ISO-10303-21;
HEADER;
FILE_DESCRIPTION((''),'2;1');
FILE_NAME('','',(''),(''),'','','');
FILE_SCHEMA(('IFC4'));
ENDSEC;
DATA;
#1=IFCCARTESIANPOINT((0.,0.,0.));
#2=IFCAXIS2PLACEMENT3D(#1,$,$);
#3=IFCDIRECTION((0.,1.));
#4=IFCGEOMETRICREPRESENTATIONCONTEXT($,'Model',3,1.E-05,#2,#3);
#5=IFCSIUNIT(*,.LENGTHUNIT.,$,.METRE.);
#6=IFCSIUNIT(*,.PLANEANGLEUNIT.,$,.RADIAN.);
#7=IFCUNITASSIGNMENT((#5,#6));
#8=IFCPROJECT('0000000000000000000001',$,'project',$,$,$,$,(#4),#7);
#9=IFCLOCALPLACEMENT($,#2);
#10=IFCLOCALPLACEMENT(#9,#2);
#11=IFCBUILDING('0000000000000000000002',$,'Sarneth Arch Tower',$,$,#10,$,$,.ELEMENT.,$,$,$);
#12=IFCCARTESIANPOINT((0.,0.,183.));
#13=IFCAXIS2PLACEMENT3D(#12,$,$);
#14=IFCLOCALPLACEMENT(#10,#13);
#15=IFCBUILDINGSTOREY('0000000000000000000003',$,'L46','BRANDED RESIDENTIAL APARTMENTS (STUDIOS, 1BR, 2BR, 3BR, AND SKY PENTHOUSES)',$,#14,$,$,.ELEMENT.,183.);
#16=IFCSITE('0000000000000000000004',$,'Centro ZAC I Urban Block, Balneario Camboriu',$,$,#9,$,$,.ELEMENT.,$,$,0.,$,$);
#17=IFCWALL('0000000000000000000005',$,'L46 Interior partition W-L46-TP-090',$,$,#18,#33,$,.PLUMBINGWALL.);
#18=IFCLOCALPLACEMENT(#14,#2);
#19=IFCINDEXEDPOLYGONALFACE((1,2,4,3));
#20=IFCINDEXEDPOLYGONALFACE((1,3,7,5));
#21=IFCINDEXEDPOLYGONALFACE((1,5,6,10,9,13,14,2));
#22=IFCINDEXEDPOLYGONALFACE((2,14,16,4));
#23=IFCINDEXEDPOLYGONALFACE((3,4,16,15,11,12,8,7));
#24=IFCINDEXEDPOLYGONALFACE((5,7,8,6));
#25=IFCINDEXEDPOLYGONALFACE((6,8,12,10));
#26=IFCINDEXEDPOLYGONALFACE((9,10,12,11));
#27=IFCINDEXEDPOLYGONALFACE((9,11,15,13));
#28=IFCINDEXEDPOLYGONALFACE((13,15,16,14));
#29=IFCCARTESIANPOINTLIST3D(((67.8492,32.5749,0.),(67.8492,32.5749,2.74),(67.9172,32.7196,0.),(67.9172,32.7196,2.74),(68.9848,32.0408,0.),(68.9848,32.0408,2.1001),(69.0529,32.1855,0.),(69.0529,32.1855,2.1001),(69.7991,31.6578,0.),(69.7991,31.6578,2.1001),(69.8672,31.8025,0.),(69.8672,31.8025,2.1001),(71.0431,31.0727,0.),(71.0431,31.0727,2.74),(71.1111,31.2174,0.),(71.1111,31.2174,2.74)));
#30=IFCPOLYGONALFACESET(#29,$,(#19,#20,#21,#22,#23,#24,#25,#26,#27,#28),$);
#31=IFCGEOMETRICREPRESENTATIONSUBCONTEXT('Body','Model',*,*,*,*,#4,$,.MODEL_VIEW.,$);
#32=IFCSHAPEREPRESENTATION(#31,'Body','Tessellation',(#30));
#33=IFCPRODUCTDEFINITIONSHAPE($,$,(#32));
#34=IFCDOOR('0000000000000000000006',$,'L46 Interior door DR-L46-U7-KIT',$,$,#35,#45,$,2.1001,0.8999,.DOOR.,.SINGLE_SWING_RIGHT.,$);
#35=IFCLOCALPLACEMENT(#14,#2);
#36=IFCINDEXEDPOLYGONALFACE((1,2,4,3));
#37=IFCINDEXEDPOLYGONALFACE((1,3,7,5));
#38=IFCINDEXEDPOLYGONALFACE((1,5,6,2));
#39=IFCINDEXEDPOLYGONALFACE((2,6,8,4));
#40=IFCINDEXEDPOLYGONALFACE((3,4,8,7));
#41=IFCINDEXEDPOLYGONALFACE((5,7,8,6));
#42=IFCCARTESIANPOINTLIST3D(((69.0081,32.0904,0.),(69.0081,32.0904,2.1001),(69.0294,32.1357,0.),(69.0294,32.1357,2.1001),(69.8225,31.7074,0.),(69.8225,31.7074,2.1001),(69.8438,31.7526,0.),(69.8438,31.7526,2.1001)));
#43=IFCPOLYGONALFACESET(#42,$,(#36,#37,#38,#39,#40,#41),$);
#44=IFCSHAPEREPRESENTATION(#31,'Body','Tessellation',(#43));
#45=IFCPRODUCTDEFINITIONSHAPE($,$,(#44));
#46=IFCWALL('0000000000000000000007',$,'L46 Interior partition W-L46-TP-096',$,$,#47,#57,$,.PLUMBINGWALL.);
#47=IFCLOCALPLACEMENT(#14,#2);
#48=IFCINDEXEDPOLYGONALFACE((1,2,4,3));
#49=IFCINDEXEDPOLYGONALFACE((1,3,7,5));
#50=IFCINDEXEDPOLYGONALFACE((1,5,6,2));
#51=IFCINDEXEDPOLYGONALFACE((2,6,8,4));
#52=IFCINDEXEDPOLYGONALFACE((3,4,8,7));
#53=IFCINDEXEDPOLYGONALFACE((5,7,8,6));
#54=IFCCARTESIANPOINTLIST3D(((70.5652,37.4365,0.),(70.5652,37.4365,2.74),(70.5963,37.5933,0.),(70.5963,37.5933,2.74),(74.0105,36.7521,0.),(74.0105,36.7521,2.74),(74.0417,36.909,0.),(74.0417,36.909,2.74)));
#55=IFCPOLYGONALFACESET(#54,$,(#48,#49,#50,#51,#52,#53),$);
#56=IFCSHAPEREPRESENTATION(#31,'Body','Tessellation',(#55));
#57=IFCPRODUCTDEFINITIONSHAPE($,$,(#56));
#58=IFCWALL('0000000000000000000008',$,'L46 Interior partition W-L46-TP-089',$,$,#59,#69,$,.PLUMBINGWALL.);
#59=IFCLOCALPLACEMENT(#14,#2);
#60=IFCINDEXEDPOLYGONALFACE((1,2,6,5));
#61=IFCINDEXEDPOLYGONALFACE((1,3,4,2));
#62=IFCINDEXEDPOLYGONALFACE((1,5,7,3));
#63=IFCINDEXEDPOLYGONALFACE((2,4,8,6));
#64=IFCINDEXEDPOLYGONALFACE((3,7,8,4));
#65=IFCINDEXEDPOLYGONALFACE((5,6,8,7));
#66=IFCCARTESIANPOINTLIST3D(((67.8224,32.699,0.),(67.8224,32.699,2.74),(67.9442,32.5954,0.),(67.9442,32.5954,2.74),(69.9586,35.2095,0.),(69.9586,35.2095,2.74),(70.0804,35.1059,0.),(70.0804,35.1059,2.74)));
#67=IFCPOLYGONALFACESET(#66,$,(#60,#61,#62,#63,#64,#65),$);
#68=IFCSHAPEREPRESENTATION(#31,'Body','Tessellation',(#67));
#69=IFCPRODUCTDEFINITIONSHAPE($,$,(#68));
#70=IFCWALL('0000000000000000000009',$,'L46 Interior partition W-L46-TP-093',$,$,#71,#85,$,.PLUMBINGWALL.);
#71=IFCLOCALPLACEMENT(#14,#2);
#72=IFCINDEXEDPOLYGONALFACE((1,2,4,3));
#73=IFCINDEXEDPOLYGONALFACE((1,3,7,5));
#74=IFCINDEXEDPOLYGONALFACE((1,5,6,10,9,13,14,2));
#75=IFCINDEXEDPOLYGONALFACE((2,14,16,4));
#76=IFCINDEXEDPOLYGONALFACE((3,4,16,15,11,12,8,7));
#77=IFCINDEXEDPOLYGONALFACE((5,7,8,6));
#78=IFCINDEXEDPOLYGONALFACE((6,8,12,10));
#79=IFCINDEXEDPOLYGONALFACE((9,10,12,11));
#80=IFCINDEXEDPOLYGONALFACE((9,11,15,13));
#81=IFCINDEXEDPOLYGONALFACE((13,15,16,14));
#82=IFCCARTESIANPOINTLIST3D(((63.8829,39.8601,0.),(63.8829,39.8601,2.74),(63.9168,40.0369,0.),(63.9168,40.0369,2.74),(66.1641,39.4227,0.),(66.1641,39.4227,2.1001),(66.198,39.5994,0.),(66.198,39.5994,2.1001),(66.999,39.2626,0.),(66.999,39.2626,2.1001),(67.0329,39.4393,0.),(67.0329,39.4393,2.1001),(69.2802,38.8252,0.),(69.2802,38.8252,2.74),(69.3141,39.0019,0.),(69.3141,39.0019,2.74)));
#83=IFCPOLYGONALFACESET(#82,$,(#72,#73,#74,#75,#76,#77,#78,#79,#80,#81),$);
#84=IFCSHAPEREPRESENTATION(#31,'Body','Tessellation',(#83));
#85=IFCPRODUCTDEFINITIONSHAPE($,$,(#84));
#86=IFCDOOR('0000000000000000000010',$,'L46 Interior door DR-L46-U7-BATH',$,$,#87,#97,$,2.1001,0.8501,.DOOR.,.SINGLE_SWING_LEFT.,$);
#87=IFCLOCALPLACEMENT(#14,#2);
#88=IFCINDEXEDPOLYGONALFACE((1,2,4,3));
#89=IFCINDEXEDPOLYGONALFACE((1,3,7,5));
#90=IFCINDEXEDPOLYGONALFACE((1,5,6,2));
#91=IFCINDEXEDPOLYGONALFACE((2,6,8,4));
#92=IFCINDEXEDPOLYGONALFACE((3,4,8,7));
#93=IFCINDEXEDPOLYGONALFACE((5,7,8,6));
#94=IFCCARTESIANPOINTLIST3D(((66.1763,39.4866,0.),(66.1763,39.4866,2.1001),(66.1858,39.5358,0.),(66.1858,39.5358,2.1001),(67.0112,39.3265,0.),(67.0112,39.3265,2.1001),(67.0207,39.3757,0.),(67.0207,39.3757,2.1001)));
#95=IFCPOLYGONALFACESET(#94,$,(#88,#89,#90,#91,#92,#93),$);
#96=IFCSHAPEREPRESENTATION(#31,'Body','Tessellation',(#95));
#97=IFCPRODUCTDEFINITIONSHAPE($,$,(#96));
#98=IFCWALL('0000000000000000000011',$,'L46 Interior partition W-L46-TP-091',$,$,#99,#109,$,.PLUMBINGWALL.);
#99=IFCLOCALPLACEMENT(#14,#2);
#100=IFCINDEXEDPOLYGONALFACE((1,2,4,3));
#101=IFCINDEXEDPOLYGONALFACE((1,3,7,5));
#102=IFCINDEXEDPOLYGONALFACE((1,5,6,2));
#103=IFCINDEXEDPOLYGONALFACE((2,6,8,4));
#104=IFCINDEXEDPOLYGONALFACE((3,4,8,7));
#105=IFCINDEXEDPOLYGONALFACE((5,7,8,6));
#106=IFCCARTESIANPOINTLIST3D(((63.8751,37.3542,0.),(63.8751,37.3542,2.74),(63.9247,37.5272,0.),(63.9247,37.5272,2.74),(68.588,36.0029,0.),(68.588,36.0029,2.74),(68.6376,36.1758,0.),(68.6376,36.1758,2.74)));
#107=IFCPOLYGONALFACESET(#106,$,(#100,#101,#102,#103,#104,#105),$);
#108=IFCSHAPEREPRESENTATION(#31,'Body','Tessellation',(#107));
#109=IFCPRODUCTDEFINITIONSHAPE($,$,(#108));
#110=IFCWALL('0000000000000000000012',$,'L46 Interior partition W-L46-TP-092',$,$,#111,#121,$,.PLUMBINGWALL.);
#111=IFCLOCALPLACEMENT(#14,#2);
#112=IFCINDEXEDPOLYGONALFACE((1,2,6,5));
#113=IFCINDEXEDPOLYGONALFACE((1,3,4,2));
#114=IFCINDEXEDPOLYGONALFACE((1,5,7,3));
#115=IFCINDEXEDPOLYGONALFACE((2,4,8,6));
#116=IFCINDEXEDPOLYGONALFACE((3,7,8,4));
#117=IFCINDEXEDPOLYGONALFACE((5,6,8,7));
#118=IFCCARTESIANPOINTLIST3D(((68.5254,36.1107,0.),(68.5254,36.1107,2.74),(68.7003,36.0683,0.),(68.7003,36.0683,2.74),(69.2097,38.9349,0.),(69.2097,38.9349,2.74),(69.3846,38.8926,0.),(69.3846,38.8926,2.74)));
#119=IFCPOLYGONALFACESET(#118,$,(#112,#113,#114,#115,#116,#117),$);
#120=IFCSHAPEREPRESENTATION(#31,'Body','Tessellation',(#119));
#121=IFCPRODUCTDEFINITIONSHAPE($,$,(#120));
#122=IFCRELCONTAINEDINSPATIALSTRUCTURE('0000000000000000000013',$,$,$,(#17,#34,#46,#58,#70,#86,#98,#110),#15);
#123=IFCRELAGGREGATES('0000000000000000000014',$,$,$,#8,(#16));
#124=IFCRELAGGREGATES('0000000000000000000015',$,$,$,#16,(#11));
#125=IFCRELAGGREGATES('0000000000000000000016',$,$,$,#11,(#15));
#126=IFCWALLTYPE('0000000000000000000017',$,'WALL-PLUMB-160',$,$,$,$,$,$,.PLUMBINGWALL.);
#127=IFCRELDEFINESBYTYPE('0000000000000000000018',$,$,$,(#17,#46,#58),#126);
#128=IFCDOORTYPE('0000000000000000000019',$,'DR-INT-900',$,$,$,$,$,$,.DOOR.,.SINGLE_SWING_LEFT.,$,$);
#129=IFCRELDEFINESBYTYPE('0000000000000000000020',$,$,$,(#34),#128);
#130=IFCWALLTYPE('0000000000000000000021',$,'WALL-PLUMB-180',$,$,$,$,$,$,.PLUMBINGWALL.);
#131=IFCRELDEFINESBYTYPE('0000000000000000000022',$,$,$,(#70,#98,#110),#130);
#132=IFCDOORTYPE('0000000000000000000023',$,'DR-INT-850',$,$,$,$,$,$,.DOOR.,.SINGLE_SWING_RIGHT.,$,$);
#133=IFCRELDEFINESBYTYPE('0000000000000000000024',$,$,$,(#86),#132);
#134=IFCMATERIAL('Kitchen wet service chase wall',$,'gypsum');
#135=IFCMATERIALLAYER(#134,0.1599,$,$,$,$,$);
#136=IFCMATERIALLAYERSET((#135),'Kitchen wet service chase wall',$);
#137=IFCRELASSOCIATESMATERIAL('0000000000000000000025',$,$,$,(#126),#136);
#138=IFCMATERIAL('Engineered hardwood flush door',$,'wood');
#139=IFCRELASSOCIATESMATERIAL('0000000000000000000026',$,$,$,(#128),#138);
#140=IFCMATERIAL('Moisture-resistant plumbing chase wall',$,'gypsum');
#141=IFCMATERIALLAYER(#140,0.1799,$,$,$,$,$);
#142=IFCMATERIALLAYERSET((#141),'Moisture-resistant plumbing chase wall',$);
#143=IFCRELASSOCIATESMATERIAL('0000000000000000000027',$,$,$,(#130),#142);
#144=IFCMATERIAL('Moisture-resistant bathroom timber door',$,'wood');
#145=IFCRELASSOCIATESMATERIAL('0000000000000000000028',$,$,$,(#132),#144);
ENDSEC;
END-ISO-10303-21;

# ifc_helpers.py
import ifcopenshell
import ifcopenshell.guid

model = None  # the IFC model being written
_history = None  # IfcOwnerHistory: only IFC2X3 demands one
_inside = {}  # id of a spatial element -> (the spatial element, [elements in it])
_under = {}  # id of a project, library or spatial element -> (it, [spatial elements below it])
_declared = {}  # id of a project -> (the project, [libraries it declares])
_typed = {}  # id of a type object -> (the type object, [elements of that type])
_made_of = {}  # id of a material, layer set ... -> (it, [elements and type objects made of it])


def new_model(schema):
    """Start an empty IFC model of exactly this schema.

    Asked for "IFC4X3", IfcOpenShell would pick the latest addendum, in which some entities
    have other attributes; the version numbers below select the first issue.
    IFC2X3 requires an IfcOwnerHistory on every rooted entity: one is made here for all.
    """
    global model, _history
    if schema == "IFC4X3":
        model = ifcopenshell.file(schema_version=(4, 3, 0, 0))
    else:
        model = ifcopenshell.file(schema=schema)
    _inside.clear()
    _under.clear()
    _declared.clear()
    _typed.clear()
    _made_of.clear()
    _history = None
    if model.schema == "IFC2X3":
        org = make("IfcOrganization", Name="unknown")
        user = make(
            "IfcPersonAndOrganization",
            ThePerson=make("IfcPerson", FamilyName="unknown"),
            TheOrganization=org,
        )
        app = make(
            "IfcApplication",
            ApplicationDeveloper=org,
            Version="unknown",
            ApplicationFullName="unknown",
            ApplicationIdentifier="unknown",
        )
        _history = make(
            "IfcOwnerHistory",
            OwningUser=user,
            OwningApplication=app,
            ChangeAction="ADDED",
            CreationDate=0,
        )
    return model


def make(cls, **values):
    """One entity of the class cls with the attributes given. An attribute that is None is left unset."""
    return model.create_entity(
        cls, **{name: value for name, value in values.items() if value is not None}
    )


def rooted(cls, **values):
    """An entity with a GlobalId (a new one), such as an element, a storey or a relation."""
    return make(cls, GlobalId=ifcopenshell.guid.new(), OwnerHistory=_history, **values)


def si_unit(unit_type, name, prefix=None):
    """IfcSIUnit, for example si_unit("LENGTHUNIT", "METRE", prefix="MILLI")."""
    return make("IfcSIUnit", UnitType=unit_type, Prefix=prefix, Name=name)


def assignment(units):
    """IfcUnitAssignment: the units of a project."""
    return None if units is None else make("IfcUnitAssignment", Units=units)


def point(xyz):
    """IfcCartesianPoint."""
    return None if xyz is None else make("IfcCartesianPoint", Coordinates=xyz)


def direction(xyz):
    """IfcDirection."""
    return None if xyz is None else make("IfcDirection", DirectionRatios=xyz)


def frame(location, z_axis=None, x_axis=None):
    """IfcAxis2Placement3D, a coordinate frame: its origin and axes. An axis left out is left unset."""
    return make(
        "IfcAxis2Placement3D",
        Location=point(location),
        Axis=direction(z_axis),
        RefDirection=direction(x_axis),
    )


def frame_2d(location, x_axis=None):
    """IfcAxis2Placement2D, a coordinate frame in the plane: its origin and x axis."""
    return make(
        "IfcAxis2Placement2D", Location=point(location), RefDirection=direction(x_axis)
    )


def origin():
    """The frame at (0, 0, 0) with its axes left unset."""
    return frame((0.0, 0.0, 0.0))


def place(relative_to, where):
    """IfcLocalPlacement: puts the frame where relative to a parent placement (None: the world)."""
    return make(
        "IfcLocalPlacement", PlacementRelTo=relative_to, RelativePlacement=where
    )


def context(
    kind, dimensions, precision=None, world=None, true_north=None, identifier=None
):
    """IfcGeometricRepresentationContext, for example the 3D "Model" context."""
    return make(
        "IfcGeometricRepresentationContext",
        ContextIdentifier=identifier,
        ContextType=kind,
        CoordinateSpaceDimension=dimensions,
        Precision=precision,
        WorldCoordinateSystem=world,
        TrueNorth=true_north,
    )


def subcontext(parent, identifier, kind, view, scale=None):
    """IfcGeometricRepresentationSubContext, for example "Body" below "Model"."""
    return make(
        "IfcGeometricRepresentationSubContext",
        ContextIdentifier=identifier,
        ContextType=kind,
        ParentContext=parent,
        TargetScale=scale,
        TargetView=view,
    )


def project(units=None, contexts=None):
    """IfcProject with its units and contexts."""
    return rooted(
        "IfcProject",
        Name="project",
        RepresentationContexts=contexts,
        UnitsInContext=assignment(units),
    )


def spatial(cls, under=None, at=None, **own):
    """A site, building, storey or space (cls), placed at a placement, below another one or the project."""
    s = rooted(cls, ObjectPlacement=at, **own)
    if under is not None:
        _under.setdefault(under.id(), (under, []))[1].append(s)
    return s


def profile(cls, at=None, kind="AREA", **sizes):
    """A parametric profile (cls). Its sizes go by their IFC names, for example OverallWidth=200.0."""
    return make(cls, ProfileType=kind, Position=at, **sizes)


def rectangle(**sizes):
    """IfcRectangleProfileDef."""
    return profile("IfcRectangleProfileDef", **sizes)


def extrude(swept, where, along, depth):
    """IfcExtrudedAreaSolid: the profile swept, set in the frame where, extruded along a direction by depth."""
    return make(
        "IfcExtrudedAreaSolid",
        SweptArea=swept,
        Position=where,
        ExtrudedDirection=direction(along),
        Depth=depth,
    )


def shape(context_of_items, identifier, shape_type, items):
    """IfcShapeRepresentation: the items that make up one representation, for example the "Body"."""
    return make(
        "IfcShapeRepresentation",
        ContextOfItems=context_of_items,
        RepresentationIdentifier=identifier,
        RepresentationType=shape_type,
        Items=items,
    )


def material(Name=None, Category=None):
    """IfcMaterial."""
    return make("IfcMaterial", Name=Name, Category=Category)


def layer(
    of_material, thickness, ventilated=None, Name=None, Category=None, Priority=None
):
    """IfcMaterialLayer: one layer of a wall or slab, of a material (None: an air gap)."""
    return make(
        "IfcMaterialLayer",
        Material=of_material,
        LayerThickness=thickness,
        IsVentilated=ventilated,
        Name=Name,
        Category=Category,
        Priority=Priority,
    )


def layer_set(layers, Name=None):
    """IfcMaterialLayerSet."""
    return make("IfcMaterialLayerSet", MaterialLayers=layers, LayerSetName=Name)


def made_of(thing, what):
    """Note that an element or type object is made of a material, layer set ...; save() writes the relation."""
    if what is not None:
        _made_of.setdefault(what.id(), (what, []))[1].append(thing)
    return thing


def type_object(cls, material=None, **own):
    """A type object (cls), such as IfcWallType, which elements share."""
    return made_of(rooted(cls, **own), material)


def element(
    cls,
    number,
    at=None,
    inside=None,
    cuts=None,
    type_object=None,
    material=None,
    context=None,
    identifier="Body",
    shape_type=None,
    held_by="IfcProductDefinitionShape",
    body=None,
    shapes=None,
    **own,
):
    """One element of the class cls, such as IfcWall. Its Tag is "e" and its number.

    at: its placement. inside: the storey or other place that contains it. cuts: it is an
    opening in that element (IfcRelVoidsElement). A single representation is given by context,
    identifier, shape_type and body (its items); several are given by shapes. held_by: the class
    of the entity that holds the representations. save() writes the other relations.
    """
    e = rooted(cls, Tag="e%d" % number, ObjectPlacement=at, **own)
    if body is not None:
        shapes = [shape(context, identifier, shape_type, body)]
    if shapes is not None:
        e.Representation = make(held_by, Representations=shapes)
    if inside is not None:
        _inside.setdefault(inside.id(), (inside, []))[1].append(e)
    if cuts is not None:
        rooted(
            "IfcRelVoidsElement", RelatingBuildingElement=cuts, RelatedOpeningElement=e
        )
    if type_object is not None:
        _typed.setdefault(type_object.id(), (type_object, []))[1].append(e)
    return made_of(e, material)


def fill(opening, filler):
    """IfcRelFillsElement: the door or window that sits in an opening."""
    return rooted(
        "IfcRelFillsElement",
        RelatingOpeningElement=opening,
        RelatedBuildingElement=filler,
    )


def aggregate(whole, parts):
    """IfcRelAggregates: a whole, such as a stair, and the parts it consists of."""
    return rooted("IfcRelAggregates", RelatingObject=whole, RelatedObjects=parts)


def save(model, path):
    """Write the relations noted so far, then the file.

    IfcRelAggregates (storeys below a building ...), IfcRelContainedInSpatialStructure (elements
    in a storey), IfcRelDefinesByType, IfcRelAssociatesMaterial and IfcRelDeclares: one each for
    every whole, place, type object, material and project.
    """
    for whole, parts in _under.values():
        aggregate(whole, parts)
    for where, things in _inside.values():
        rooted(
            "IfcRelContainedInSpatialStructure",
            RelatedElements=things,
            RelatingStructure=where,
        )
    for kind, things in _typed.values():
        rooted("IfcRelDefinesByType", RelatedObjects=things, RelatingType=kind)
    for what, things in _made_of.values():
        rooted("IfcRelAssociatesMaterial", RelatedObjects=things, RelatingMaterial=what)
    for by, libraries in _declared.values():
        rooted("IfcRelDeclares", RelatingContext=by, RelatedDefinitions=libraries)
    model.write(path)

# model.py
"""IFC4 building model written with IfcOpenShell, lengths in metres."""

from ifc_helpers import new_model, si_unit, direction, frame, frame_2d, origin, place, context, subcontext, project, spatial, rectangle, extrude, material, layer, layer_set, type_object, element, fill, save


model = new_model("IFC4")

# Units and contexts
model_context = context("Model", 3, precision=1e-05, world=origin(), true_north=direction((0.0, 1.0)))
body_context = subcontext(model_context, "Body", "Model", "MODEL_VIEW")
ifc_project = project(units=[si_unit("LENGTHUNIT", "METRE"), si_unit("PLANEANGLEUNIT", "RADIAN")], contexts=[model_context])

# Site, building, storey
site_placement = place(None, origin())
site = spatial("IfcSite", under=ifc_project, at=site_placement, Name="Centro ZAC I Urban Block, Balneario Camboriu", CompositionType="ELEMENT", RefElevation=0.0)
building_placement = place(site_placement, origin())
building = spatial("IfcBuilding", under=site, at=building_placement, Name="Sarneth Arch Tower", CompositionType="ELEMENT")
storey_placement = place(building_placement, frame((0.0, 0.0, 183.0)))
storey = spatial("IfcBuildingStorey", under=building, at=storey_placement, Name="L46", Description="BRANDED RESIDENTIAL APARTMENTS (STUDIOS, 1BR, 2BR, 3BR, AND SKY PENTHOUSES)", CompositionType="ELEMENT", Elevation=183.0)

# Wall, opening, door
ifc_material_1 = material(Name="Kitchen wet service chase wall", Category="gypsum")
ifc_layer_1 = layer(ifc_material_1, 0.1599)
ifc_layer_set_1 = layer_set([ifc_layer_1], Name="Kitchen wet service chase wall")
wall_type_1 = type_object("IfcWallType", Name="WALL-PLUMB-160", PredefinedType="PLUMBINGWALL", material=ifc_layer_set_1)
wall_1_placement = place(storey_placement, frame((67.8833, 32.6472, 0.0), z_axis=(0.0, 0.0, 1.0), x_axis=(0.904905, -0.425614, 0.0)))
wall_1 = element("IfcWall", 1, at=wall_1_placement, inside=storey, type_object=wall_type_1, Name="L46 Interior partition W-L46-TP-090", PredefinedType="PLUMBINGWALL", context=body_context, shape_type="SweptSolid", body=[
    extrude(rectangle(XDim=3.5295, YDim=0.1599, at=frame_2d((1.7646, 0.0))), origin(), (0.0, 0.0, 1.0), 2.74),
])
opening_1_placement = place(wall_1_placement, frame((1.2549, 0.0, 0.0)))
opening_1 = element("IfcOpeningElement", 2, at=opening_1_placement, cuts=wall_1, PredefinedType="OPENING", context=body_context, shape_type="SweptSolid", body=[
    extrude(rectangle(XDim=0.8999, YDim=2.1001, at=frame_2d((0.45, 1.05))), frame((0.0, 0.0898, 0.0), z_axis=(0.0, -1.0, 0.0), x_axis=(1.0, 0.0, 0.0)), (0.0, 0.0, 1.0), 0.1799),
])
ifc_material_2 = material(Name="Engineered hardwood flush door", Category="wood")
door_type_1 = type_object("IfcDoorType", Name="DR-INT-900", OperationType="SINGLE_SWING_LEFT", PredefinedType="DOOR", material=ifc_material_2)
door_1_placement = place(opening_1_placement, origin())
door_1 = element("IfcDoor", 3, at=door_1_placement, inside=storey, type_object=door_type_1, Name="L46 Interior door DR-L46-U7-KIT", OperationType="SINGLE_SWING_RIGHT", OverallHeight=2.1001, OverallWidth=0.8999, PredefinedType="DOOR", context=body_context, shape_type="SweptSolid", body=[
    extrude(rectangle(XDim=0.8999, YDim=2.1001, at=frame_2d((0.45, 1.05))), frame((0.0, 0.0249, 0.0), z_axis=(0.0, -1.0, 0.0), x_axis=(1.0, 0.0, 0.0)), (0.0, 0.0, 1.0), 0.05),
])
fill(opening_1, door_1)

# Walls
wall_2_placement = place(storey_placement, frame((74.0261, 36.8306, 0.0), z_axis=(0.0, 0.0, 1.0), x_axis=(-0.980839, 0.194819, 0.0)))
element("IfcWall", 4, at=wall_2_placement, inside=storey, type_object=wall_type_1, Name="L46 Interior partition W-L46-TP-096", PredefinedType="PLUMBINGWALL", context=body_context, shape_type="SweptSolid", body=[
    extrude(rectangle(XDim=3.5127, YDim=0.1599, at=frame_2d((1.7563, 0.0))), origin(), (0.0, 0.0, 1.0), 2.74),
])
wall_3_placement = place(storey_placement, frame((70.0195, 35.1577, 0.0), z_axis=(0.0, 0.0, 1.0), x_axis=(-0.648055, -0.761594, 0.0)))
element("IfcWall", 5, at=wall_3_placement, inside=storey, type_object=wall_type_1, Name="L46 Interior partition W-L46-TP-089", PredefinedType="PLUMBINGWALL", context=body_context, shape_type="SweptSolid", body=[
    extrude(rectangle(XDim=3.2964, YDim=0.1599, at=frame_2d((1.6482, 0.0))), origin(), (0.0, 0.0, 1.0), 2.74),
])

# Wall, opening, door
ifc_material_3 = material(Name="Moisture-resistant plumbing chase wall", Category="gypsum")
ifc_layer_2 = layer(ifc_material_3, 0.1799)
ifc_layer_set_2 = layer_set([ifc_layer_2], Name="Moisture-resistant plumbing chase wall")
wall_type_2 = type_object("IfcWallType", Name="WALL-PLUMB-180", PredefinedType="PLUMBINGWALL", material=ifc_layer_set_2)
wall_4_placement = place(storey_placement, frame((69.2971, 38.9136, 0.0), z_axis=(0.0, 0.0, 1.0), x_axis=(-0.982108, 0.188318, 0.0)))
wall_4 = element("IfcWall", 6, at=wall_4_placement, inside=storey, type_object=wall_type_2, Name="L46 Interior partition W-L46-TP-093", PredefinedType="PLUMBINGWALL", context=body_context, shape_type="SweptSolid", body=[
    extrude(rectangle(XDim=5.4956, YDim=0.1799, at=frame_2d((2.7478, 0.0))), origin(), (0.0, 0.0, 1.0), 2.74),
])
opening_2_placement = place(wall_4_placement, frame((2.3228, 0.0, 0.0)))
opening_2 = element("IfcOpeningElement", 7, at=opening_2_placement, cuts=wall_4, PredefinedType="OPENING", context=body_context, shape_type="SweptSolid", body=[
    extrude(rectangle(XDim=0.8501, YDim=2.1001, at=frame_2d((0.425, 1.05))), frame((0.0, 0.0999, 0.0), z_axis=(0.0, -1.0, 0.0), x_axis=(1.0, 0.0, 0.0)), (0.0, 0.0, 1.0), 0.2),
])
ifc_material_4 = material(Name="Moisture-resistant bathroom timber door", Category="wood")
door_type_2 = type_object("IfcDoorType", Name="DR-INT-850", OperationType="SINGLE_SWING_RIGHT", PredefinedType="DOOR", material=ifc_material_4)
door_2_placement = place(opening_2_placement, origin())
door_2 = element("IfcDoor", 8, at=door_2_placement, inside=storey, type_object=door_type_2, Name="L46 Interior door DR-L46-U7-BATH", OperationType="SINGLE_SWING_LEFT", OverallHeight=2.1001, OverallWidth=0.8501, PredefinedType="DOOR", context=body_context, shape_type="SweptSolid", body=[
    extrude(rectangle(XDim=0.8501, YDim=2.1001, at=frame_2d((0.425, 1.05))), frame((0.0, 0.0249, 0.0), z_axis=(0.0, -1.0, 0.0), x_axis=(1.0, 0.0, 0.0)), (0.0, 0.0, 1.0), 0.05),
])
fill(opening_2, door_2)

# Walls
wall_5_placement = place(storey_placement, frame((63.8999, 37.4407, 0.0), z_axis=(0.0, 0.0, 1.0), x_axis=(0.961266, -0.275622, 0.0)))
element("IfcWall", 9, at=wall_5_placement, inside=storey, type_object=wall_type_2, Name="L46 Interior partition W-L46-TP-091", PredefinedType="PLUMBINGWALL", context=body_context, shape_type="SweptSolid", body=[
    extrude(rectangle(XDim=4.9028, YDim=0.1799, at=frame_2d((2.4514, 0.0))), origin(), (0.0, 0.0, 1.0), 2.74),
])
wall_6_placement = place(storey_placement, frame((68.6128, 36.0894, 0.0), z_axis=(0.0, 0.0, 1.0), x_axis=(0.235492, 0.971876, 0.0)))
element("IfcWall", 10, at=wall_6_placement, inside=storey, type_object=wall_type_2, Name="L46 Interior partition W-L46-TP-092", PredefinedType="PLUMBINGWALL", context=body_context, shape_type="SweptSolid", body=[
    extrude(rectangle(XDim=2.906, YDim=0.1799, at=frame_2d((1.4531, 0.0))), origin(), (0.0, 0.0, 1.0), 2.74),
])

save(model, "model.ifc")
